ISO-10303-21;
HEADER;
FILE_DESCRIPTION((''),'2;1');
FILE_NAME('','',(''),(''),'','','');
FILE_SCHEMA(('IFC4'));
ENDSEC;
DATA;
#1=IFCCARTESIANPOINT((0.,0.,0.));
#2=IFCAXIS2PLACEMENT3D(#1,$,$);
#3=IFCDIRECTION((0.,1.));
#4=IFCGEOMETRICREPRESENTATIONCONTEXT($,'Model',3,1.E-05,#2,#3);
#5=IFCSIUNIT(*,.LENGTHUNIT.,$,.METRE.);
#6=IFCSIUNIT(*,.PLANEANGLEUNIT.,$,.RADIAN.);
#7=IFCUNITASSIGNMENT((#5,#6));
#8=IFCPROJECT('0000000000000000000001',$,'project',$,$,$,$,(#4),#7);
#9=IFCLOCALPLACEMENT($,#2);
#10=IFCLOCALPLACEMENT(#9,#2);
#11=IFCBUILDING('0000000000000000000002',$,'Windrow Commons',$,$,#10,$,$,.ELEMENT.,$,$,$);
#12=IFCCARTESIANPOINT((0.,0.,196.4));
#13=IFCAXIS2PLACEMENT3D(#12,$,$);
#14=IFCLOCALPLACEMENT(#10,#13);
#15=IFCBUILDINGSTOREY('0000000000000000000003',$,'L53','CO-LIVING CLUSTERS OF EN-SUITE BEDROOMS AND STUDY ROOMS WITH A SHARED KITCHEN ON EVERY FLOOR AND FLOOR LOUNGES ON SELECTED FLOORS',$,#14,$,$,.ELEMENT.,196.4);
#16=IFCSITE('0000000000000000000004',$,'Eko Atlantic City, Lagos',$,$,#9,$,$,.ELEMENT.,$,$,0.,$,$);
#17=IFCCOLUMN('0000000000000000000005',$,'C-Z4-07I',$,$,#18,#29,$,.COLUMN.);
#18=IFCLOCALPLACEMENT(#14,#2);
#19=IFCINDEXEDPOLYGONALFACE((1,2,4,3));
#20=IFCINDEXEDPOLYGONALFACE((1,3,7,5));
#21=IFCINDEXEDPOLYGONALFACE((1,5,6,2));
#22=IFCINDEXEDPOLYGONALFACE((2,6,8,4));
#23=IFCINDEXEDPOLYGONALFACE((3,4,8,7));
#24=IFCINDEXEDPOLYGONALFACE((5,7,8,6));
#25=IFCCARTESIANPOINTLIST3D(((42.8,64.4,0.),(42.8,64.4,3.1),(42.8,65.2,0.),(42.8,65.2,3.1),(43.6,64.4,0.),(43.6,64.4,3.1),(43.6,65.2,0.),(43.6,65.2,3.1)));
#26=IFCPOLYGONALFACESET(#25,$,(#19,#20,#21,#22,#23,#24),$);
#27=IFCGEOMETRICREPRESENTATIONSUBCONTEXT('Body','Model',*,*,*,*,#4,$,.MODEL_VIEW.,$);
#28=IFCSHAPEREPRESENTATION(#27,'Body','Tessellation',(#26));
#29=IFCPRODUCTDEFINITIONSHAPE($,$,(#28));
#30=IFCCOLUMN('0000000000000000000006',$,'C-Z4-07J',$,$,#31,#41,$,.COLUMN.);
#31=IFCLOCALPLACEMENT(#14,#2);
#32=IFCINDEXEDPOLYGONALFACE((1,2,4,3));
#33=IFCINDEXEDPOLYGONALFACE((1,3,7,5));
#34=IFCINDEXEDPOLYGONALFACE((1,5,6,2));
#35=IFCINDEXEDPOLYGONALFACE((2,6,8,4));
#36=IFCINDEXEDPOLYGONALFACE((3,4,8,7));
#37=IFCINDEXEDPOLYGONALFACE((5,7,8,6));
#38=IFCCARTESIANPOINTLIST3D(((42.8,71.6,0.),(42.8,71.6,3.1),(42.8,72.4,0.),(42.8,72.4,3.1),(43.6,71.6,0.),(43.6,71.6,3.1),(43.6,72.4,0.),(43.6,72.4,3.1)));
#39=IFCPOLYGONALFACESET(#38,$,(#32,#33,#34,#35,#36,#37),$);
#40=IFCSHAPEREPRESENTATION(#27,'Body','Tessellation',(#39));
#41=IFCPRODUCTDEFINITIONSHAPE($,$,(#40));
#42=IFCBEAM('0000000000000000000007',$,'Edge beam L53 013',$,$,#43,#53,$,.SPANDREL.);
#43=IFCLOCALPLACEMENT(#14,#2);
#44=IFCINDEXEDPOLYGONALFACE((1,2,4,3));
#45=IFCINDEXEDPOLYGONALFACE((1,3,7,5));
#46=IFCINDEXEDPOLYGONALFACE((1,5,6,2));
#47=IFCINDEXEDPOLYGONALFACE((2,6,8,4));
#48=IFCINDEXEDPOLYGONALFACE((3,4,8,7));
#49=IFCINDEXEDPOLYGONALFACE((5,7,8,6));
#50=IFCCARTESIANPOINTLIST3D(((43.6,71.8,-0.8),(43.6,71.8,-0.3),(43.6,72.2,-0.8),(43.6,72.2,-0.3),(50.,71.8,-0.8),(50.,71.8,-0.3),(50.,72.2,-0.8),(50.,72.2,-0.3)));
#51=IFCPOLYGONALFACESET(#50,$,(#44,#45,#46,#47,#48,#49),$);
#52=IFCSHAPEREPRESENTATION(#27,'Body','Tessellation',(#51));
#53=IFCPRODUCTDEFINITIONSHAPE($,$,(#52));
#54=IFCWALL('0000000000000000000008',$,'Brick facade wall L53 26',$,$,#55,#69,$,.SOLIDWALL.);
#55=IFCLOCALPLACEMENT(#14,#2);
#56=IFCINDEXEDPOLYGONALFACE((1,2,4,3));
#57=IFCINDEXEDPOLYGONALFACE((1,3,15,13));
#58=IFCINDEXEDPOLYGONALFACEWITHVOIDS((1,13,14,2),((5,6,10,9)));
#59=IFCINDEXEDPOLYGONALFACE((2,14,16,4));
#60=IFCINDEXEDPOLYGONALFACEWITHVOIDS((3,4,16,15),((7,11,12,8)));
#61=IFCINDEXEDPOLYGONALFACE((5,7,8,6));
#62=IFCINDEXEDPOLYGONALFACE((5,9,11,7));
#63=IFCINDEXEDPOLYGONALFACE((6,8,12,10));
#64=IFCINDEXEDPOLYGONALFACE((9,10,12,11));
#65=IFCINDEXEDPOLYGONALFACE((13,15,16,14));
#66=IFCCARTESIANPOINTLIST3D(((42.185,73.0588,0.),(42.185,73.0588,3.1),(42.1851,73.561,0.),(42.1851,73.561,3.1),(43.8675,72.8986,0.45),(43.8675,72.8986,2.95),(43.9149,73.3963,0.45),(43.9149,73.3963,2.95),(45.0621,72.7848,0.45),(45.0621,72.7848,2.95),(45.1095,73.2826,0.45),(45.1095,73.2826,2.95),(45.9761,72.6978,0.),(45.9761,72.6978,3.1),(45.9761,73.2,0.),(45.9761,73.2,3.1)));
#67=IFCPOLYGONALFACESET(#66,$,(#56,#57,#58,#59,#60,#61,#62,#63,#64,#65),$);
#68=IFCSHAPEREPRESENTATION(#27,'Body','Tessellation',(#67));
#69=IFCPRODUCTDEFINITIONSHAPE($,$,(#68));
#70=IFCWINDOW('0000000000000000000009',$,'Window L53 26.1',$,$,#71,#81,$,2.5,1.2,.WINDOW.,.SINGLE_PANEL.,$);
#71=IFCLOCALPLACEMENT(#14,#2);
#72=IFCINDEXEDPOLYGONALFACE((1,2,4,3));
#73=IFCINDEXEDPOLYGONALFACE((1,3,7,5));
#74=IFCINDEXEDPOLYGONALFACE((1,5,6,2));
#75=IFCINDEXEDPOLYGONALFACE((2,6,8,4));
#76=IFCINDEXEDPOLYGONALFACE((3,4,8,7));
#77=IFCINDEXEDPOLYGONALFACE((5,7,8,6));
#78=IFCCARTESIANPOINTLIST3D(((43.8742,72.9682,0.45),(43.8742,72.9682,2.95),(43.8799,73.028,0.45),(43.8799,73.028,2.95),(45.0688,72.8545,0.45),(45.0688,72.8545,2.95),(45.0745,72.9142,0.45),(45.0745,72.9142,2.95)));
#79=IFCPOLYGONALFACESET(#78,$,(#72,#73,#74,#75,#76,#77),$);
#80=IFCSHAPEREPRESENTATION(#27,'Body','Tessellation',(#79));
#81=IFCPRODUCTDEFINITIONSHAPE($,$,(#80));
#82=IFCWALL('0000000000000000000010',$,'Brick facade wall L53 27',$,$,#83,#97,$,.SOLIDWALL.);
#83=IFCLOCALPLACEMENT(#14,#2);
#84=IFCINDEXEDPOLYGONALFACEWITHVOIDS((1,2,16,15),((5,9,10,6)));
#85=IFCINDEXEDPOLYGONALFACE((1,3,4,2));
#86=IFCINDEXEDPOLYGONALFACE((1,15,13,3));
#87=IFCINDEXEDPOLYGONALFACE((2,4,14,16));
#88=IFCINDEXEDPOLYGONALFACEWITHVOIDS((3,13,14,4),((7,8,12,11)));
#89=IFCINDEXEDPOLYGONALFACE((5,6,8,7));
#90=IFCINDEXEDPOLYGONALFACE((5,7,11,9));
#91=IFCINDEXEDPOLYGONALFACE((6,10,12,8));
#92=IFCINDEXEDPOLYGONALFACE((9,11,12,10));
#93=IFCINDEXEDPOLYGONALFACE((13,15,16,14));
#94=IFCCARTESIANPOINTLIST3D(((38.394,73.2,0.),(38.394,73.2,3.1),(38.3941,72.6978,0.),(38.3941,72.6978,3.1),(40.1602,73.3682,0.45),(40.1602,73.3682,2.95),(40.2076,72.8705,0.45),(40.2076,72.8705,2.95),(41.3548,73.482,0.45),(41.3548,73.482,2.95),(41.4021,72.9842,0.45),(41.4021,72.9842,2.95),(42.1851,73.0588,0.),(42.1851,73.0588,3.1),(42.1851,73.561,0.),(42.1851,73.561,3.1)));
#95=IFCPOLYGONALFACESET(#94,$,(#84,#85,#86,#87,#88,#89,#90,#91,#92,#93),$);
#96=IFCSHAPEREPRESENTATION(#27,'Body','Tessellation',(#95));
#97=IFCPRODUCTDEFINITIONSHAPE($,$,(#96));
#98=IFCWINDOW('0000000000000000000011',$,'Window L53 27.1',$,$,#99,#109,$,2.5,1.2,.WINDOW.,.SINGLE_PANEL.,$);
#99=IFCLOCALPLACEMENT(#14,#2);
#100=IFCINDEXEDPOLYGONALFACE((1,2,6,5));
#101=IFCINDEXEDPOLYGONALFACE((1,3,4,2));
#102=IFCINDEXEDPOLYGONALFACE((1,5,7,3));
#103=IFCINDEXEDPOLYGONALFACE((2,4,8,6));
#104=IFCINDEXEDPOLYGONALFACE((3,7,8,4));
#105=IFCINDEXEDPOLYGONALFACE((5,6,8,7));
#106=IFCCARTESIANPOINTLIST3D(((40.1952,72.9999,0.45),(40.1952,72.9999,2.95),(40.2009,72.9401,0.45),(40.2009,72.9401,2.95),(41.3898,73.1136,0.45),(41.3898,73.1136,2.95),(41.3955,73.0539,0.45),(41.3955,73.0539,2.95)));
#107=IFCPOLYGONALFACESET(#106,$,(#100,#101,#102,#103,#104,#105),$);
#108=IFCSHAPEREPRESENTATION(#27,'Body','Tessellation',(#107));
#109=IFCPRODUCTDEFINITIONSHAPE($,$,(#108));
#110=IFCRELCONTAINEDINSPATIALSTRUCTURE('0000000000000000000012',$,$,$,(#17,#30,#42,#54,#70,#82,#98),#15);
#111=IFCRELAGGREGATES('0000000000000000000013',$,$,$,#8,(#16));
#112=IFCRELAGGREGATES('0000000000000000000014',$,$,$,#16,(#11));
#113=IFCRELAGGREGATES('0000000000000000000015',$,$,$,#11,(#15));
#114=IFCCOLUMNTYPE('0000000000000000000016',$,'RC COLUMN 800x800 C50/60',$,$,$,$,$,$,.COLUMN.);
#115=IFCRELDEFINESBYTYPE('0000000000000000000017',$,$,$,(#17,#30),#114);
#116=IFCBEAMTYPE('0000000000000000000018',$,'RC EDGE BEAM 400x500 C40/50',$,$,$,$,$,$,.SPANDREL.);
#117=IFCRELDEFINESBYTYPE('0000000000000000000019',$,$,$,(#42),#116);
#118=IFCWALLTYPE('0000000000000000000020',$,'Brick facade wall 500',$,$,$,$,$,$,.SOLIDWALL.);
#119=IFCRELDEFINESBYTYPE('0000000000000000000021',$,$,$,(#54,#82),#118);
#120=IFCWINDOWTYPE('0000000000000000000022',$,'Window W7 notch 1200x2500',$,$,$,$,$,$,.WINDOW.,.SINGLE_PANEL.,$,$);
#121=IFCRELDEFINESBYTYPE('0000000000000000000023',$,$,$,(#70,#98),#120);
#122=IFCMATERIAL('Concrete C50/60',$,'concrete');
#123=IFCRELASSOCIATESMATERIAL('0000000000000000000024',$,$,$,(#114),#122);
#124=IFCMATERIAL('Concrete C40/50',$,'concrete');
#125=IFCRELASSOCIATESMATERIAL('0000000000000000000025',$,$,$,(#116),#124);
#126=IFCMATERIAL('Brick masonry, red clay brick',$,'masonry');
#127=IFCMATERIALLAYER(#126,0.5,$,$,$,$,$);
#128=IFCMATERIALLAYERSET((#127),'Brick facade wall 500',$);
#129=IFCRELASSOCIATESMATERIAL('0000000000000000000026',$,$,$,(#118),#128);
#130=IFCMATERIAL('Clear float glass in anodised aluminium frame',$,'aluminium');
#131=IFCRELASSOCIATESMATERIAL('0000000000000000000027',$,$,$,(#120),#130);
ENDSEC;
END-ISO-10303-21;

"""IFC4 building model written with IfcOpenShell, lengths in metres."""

from ifc_helpers import new_model, si_unit, direction, frame, frame_2d, origin, origin_2d, place, context, subcontext, project, spatial, polyline, rectangle, outline, extrude, material, layer, layer_set, material_profile, profile_set, type_object, element, fill, save


model = new_model("IFC4")

# Units and contexts
model_context = context("Model", 3, precision=1e-05, world=origin(), true_north=direction((0.0, 1.0)))
body_context = subcontext(model_context, "Body", "Model", "MODEL_VIEW")
ifc_project = project(units=[si_unit("LENGTHUNIT", "METRE"), si_unit("PLANEANGLEUNIT", "RADIAN")], contexts=[model_context])

# Site, building, storey
site_placement = place(None, origin())
site = spatial("IfcSite", under=ifc_project, at=site_placement, Name="Eko Atlantic City, Lagos", CompositionType="ELEMENT", RefElevation=0.0)
building_placement = place(site_placement, origin())
building = spatial("IfcBuilding", under=site, at=building_placement, Name="Windrow Commons", CompositionType="ELEMENT")
storey_placement = place(building_placement, frame((0.0, 0.0, 196.4)))
storey = spatial("IfcBuildingStorey", under=building, at=storey_placement, Name="L53", Description="CO-LIVING CLUSTERS OF EN-SUITE BEDROOMS AND STUDY ROOMS WITH A SHARED KITCHEN ON EVERY FLOOR AND FLOOR LOUNGES ON SELECTED FLOORS", CompositionType="ELEMENT", Elevation=196.4)

# Columns
ifc_material_1 = material(Name="Concrete C50/60", Category="concrete")
ifc_material_profile_1 = material_profile(ifc_material_1, rectangle(XDim=0.8, YDim=0.8, at=origin_2d()))
ifc_profile_set_1 = profile_set([ifc_material_profile_1], Name="Concrete C50/60")
column_type = type_object("IfcColumnType", Name="RC COLUMN 800x800 C50/60", PredefinedType="COLUMN", material=ifc_profile_set_1)
for number, where, z_axis, x_axis, name in (
    (1, (43.2, 64.8, 0.0), (0.0, 0.0, 1.0), (1.0, 0.0, 0.0), "C-Z4-07I"),
    (2, (43.2, 72.0, 0.0), (0.0, 0.0, 1.0), (1.0, 0.0, 0.0), "C-Z4-07J"),
):
    element("IfcColumn", number, at=place(storey_placement, frame(where, z_axis=z_axis, x_axis=x_axis)), inside=storey, type_object=column_type, Name=name, PredefinedType="COLUMN", context=body_context, shape_type="SweptSolid", body=[
        extrude(rectangle(XDim=0.8, YDim=0.8, at=origin_2d()), origin(), (0.0, 0.0, 1.0), 3.1),
    ])

# Beam
ifc_material_2 = material(Name="Concrete C40/50", Category="concrete")
ifc_material_profile_2 = material_profile(ifc_material_2, rectangle(XDim=0.4, YDim=0.5, at=origin_2d()))
ifc_profile_set_2 = profile_set([ifc_material_profile_2], Name="Concrete C40/50")
beam_type = type_object("IfcBeamType", Name="RC EDGE BEAM 400x500 C40/50", PredefinedType="SPANDREL", material=ifc_profile_set_2)
beam_placement = place(storey_placement, frame((43.6, 72.0, -0.55), z_axis=(1.0, 0.0, 0.0), x_axis=(0.0, 1.0, 0.0)))
element("IfcBeam", 3, at=beam_placement, inside=storey, type_object=beam_type, Name="Edge beam L53 013", PredefinedType="SPANDREL", context=body_context, shape_type="SweptSolid", body=[
    extrude(rectangle(XDim=0.4, YDim=0.5, at=origin_2d()), origin(), (0.0, 0.0, 1.0), 6.4),
])

# Walls, openings, windows
ifc_material_3 = material(Name="Brick masonry, red clay brick", Category="masonry")
ifc_layer_1 = layer(ifc_material_3, 0.5)
ifc_layer_set_1 = layer_set([ifc_layer_1], Name="Brick facade wall 500")
wall_type_1 = type_object("IfcWallType", Name="Brick facade wall 500", PredefinedType="SOLIDWALL", material=ifc_layer_set_1)
wall_1_placement = place(storey_placement, frame((45.9761, 72.9489, 0.0), z_axis=(0.0, 0.0, 1.0), x_axis=(-0.995497, 0.094797, 0.0)))
wall_1 = element("IfcWall", 4, at=wall_1_placement, inside=storey, type_object=wall_type_1, Name="Brick facade wall L53 26", PredefinedType="SOLIDWALL", context=body_context, shape_type="SweptSolid", body=[
    extrude(outline(polyline([(0.0238, -0.25), (3.832, -0.25), (3.7844, 0.25), (-0.0238, 0.25), (0.0238, -0.25)])), origin(), (0.0, 0.0, 1.0), 3.1),
])
opening_1_placement = place(wall_1_placement, frame((0.8943, 0.0, 0.45)))
opening_1 = element("IfcOpeningElement", 5, at=opening_1_placement, cuts=wall_1, PredefinedType="OPENING", context=body_context, shape_type="SweptSolid", body=[
    extrude(rectangle(XDim=1.2, YDim=2.5, at=frame_2d((0.6, 1.25))), frame((0.0, 0.26, 0.0), z_axis=(0.0, -1.0, 0.0), x_axis=(1.0, 0.0, 0.0)), (0.0, 0.0, 1.0), 0.52),
])
ifc_material_4 = material(Name="Clear float glass in anodised aluminium frame", Category="aluminium")
window_type = type_object("IfcWindowType", Name="Window W7 notch 1200x2500", PartitioningType="SINGLE_PANEL", PredefinedType="WINDOW", material=ifc_material_4)
window_1_placement = place(opening_1_placement, origin())
window_1 = element("IfcWindow", 6, at=window_1_placement, inside=storey, type_object=window_type, Name="Window L53 26.1", OverallHeight=2.5, OverallWidth=1.2, PartitioningType="SINGLE_PANEL", PredefinedType="WINDOW", context=body_context, shape_type="SweptSolid", body=[
    extrude(rectangle(XDim=1.2, YDim=2.5, at=frame_2d((0.6, 1.25))), frame((0.0, 0.18, 0.0), z_axis=(0.0, -1.0, 0.0), x_axis=(1.0, 0.0, 0.0)), (0.0, 0.0, 1.0), 0.06),
])
fill(opening_1, window_1)
wall_2_placement = place(storey_placement, frame((42.1851, 73.3099, 0.0), z_axis=(0.0, 0.0, 1.0), x_axis=(-0.995497, -0.094794, 0.0)))
wall_2 = element("IfcWall", 7, at=wall_2_placement, inside=storey, type_object=wall_type_1, Name="Brick facade wall L53 27", PredefinedType="SOLIDWALL", context=body_context, shape_type="SweptSolid", body=[
    extrude(outline(polyline([(-0.0238, -0.25), (3.7844, -0.25), (3.832, 0.25), (0.0238, 0.25), (-0.0238, -0.25)])), origin(), (0.0, 0.0, 1.0), 3.1),
])
opening_2_placement = place(wall_2_placement, frame((0.8103, 0.0, 0.45)))
opening_2 = element("IfcOpeningElement", 8, at=opening_2_placement, cuts=wall_2, PredefinedType="OPENING", context=body_context, shape_type="SweptSolid", body=[
    extrude(rectangle(XDim=1.2, YDim=2.5, at=frame_2d((0.6, 1.25))), frame((0.0, 0.26, 0.0), z_axis=(0.0, -1.0, 0.0), x_axis=(1.0, 0.0, 0.0)), (0.0, 0.0, 1.0), 0.52),
])
window_2_placement = place(opening_2_placement, origin())
window_2 = element("IfcWindow", 9, at=window_2_placement, inside=storey, type_object=window_type, Name="Window L53 27.1", OverallHeight=2.5, OverallWidth=1.2, PartitioningType="SINGLE_PANEL", PredefinedType="WINDOW", context=body_context, shape_type="SweptSolid", body=[
    extrude(rectangle(XDim=1.2, YDim=2.5, at=frame_2d((0.6, 1.25))), frame((0.0, 0.18, 0.0), z_axis=(0.0, -1.0, 0.0), x_axis=(1.0, 0.0, 0.0)), (0.0, 0.0, 1.0), 0.06),
])
fill(opening_2, window_2)

save(model, "model.ifc")
